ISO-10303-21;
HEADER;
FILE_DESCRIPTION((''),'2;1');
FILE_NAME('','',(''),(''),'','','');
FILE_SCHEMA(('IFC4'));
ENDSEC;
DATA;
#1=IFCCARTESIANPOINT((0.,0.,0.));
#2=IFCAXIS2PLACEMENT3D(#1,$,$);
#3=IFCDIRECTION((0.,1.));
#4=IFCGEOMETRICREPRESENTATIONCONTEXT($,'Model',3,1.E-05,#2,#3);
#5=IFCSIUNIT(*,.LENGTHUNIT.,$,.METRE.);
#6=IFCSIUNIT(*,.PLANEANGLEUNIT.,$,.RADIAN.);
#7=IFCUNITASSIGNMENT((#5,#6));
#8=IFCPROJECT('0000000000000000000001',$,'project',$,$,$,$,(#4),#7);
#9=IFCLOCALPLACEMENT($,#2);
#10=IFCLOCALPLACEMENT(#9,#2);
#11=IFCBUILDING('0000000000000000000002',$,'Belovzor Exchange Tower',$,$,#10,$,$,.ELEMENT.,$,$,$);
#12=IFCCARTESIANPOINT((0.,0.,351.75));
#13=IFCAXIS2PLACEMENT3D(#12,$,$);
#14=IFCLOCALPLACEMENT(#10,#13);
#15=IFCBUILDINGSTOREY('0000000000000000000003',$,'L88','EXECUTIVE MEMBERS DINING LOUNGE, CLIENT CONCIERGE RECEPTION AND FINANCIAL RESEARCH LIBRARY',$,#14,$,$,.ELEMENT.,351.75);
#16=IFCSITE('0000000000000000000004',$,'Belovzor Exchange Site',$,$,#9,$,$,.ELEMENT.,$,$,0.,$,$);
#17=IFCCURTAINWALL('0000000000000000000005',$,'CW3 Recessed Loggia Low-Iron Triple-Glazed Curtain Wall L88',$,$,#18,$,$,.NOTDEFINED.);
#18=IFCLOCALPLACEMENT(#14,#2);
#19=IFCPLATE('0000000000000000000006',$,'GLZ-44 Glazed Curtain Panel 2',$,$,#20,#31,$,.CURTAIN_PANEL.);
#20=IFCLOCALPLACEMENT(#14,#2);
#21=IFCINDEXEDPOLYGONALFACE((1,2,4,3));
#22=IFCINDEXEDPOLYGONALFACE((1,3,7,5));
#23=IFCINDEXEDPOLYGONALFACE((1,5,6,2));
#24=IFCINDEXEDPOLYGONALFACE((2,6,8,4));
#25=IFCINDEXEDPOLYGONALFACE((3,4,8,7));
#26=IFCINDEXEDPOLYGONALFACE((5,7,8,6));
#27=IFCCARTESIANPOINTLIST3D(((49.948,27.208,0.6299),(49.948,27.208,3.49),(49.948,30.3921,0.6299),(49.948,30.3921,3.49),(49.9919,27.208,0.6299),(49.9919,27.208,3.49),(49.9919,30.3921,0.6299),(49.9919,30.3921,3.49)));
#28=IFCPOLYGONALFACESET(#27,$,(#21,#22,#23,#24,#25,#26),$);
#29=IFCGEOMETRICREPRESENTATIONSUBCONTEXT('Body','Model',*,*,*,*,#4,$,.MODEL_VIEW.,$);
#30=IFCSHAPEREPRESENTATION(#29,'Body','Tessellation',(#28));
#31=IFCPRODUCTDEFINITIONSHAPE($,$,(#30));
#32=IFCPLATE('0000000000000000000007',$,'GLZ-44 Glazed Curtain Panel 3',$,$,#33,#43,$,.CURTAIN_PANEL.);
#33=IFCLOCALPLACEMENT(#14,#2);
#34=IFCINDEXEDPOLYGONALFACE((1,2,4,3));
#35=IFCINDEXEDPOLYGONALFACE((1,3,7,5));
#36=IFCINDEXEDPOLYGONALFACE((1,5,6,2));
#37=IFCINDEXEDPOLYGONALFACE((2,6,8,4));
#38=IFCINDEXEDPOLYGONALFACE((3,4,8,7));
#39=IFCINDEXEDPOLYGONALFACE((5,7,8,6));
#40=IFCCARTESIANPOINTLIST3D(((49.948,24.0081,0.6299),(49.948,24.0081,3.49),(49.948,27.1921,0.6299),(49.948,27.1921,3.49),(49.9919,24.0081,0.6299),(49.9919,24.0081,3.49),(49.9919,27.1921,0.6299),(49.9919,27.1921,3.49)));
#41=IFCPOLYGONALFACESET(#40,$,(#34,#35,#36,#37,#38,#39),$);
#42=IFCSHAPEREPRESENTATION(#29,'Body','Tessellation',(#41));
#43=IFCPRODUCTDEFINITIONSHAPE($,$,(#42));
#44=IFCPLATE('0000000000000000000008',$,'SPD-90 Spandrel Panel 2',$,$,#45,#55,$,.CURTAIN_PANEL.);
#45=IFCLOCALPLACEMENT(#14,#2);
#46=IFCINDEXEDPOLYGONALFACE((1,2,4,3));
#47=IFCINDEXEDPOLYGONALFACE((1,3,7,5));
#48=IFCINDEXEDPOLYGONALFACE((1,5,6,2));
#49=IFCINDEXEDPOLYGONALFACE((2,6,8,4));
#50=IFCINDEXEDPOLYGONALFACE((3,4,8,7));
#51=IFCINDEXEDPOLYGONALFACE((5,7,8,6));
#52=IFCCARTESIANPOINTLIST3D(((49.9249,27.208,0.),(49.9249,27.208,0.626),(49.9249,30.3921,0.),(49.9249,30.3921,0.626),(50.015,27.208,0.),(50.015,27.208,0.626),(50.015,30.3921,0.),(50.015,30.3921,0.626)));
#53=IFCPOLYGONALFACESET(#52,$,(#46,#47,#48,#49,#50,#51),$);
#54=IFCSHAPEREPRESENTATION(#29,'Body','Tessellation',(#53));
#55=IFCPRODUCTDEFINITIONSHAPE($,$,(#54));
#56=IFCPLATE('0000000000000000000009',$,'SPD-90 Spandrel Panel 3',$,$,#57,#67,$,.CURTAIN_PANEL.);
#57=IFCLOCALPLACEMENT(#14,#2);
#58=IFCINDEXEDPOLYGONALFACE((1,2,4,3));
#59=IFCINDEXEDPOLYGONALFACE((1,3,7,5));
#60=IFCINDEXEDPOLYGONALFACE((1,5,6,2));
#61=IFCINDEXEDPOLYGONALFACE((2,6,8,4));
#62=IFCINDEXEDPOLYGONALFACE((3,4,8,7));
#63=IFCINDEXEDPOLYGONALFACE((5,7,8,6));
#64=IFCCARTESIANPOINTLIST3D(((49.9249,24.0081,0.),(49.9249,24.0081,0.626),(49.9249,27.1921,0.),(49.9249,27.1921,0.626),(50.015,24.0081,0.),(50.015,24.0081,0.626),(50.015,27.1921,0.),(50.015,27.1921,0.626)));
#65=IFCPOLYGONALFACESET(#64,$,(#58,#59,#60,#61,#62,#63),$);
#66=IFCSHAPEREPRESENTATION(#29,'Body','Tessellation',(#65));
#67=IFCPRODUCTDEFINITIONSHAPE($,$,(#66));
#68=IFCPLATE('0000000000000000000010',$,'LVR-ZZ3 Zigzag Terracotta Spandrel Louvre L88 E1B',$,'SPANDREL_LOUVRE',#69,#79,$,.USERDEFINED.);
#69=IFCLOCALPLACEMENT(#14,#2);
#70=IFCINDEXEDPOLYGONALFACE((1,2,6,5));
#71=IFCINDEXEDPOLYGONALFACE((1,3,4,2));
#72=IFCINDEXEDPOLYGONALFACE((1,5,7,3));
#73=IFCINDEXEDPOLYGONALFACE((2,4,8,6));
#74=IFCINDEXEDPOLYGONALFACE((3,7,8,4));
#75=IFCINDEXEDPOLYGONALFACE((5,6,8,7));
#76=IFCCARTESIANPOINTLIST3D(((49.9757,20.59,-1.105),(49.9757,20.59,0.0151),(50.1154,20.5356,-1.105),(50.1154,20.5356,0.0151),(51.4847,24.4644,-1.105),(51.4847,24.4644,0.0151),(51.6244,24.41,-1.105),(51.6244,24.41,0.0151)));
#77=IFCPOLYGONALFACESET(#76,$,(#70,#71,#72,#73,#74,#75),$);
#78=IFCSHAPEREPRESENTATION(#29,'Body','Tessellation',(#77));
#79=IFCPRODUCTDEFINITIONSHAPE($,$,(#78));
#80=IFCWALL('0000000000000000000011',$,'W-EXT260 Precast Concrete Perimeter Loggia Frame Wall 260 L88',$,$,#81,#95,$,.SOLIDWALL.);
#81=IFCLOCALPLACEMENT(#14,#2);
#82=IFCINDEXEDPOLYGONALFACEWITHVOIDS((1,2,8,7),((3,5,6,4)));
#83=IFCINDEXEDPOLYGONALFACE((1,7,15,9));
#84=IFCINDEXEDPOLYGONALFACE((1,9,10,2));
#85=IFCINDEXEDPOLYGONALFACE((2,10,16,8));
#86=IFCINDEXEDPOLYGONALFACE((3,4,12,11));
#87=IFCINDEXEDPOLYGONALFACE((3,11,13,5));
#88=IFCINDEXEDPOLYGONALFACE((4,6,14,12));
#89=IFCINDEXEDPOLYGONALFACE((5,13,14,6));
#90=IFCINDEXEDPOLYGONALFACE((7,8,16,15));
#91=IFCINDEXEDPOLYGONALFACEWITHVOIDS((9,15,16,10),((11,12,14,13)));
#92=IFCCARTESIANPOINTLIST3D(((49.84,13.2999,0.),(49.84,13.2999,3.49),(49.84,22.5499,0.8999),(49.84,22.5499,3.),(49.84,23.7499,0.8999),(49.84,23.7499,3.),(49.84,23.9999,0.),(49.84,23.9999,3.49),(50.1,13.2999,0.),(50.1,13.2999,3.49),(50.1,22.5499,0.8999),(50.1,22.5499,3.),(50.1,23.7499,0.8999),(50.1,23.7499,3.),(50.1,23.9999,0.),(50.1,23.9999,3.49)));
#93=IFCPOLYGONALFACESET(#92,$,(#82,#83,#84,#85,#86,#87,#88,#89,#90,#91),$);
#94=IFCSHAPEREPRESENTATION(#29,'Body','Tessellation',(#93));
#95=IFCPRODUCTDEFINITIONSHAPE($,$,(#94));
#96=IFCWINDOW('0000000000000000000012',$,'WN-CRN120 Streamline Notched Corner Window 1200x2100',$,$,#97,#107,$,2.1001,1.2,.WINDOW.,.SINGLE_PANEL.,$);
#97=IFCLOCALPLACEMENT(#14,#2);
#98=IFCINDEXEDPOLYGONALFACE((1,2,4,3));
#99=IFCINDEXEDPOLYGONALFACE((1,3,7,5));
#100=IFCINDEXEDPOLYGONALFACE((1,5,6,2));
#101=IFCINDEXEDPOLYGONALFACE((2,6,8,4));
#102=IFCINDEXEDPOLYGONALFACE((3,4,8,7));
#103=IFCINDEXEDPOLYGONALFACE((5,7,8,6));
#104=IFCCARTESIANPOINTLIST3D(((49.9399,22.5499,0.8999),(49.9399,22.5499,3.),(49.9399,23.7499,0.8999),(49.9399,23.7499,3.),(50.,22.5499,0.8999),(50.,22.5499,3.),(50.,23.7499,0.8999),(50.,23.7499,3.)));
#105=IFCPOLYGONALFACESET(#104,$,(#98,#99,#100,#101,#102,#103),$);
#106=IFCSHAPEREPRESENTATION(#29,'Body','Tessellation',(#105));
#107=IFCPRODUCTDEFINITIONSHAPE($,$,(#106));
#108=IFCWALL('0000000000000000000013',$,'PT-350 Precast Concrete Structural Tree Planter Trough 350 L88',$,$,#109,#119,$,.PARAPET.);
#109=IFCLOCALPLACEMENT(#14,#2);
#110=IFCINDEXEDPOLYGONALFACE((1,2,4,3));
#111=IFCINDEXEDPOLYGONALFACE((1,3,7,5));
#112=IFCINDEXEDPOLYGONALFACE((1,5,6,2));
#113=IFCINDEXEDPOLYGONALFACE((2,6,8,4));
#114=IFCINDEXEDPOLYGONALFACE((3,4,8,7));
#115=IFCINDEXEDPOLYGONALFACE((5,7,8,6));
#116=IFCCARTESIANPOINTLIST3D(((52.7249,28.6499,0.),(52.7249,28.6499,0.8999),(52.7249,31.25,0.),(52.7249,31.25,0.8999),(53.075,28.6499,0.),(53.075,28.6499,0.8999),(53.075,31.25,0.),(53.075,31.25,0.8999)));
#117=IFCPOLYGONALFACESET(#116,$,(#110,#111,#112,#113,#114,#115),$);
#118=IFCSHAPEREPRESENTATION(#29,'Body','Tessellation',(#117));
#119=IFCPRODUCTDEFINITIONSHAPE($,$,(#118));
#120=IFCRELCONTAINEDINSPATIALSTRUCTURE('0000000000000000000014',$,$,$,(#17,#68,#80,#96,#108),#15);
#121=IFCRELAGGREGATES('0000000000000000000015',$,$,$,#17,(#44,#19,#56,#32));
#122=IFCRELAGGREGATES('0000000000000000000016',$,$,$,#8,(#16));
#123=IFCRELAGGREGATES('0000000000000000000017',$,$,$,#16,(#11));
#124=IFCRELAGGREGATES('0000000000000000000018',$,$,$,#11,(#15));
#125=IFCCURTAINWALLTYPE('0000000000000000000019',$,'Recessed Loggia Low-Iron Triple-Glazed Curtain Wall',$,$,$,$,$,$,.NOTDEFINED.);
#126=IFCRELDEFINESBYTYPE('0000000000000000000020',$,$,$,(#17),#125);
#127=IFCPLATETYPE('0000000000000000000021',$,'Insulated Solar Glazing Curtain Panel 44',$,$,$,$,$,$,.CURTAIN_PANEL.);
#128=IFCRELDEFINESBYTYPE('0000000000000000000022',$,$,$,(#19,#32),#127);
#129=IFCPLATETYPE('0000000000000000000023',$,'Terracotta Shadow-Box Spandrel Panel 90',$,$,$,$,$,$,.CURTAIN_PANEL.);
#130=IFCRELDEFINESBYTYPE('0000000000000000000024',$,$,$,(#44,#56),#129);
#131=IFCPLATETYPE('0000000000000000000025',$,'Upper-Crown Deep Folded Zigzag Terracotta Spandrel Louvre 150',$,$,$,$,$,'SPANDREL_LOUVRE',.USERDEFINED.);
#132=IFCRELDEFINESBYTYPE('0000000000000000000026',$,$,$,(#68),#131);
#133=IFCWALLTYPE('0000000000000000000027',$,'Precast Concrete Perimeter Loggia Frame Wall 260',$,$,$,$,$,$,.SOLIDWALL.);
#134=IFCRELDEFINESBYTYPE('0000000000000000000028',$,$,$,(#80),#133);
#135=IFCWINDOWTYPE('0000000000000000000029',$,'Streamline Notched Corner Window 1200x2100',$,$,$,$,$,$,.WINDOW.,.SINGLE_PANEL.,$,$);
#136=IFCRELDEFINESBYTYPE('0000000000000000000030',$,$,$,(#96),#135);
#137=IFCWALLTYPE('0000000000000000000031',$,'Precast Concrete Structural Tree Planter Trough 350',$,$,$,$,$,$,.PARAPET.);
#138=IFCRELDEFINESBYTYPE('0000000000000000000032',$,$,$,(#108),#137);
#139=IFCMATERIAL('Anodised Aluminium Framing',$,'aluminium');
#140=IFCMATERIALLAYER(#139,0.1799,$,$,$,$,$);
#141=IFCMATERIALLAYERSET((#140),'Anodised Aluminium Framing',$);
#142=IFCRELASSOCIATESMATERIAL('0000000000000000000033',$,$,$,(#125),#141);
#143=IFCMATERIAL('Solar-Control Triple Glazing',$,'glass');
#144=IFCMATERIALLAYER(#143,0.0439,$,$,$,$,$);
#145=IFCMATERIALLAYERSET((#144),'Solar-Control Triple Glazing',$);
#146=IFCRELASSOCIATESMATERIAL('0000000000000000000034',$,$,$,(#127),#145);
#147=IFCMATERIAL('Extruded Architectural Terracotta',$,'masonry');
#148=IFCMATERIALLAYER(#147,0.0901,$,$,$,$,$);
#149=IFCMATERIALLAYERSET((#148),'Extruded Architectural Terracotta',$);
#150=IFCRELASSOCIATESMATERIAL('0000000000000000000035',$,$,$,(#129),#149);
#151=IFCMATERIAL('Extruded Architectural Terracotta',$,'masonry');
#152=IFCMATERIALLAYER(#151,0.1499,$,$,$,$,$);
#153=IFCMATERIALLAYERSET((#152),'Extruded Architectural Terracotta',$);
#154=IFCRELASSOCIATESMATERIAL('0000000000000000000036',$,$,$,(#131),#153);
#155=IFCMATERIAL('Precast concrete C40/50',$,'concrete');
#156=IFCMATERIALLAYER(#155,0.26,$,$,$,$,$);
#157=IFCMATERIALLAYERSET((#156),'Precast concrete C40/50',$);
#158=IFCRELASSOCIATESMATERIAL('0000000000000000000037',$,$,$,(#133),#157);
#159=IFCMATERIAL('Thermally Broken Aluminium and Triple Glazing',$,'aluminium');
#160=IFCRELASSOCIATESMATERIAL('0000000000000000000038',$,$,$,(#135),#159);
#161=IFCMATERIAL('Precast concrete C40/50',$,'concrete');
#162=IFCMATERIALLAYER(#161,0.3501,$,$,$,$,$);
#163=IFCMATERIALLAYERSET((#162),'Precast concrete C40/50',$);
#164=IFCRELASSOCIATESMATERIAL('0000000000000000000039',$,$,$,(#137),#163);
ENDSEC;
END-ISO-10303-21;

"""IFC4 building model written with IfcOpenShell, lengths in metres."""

from ifc_helpers import new_model, si_unit, direction, frame, frame_2d, origin, origin_2d, place, context, subcontext, project, spatial, rectangle, extrude, material, layer, layer_set, type_object, element, fill, aggregate, save


model = new_model("IFC4")

# Units and contexts
model_context = context("Model", 3, precision=1e-05, world=origin(), true_north=direction((0.0, 1.0)))
body_context = subcontext(model_context, "Body", "Model", "MODEL_VIEW")
ifc_project = project(units=[si_unit("LENGTHUNIT", "METRE"), si_unit("PLANEANGLEUNIT", "RADIAN")], contexts=[model_context])

# Site, building, storey
site_placement = place(None, origin())
site = spatial("IfcSite", under=ifc_project, at=site_placement, Name="Belovzor Exchange Site", CompositionType="ELEMENT", RefElevation=0.0)
building_placement = place(site_placement, origin())
building = spatial("IfcBuilding", under=site, at=building_placement, Name="Belovzor Exchange Tower", CompositionType="ELEMENT")
storey_placement = place(building_placement, frame((0.0, 0.0, 351.75)))
storey = spatial("IfcBuildingStorey", under=building, at=storey_placement, Name="L88", Description="EXECUTIVE MEMBERS DINING LOUNGE, CLIENT CONCIERGE RECEPTION AND FINANCIAL RESEARCH LIBRARY", CompositionType="ELEMENT", Elevation=351.75)

# Curtain wall
ifc_material_1 = material(Name="Anodised Aluminium Framing", Category="aluminium")
ifc_layer_1 = layer(ifc_material_1, 0.1799)
ifc_layer_set_1 = layer_set([ifc_layer_1], Name="Anodised Aluminium Framing")
curtain_wall_type = type_object("IfcCurtainWallType", Name="Recessed Loggia Low-Iron Triple-Glazed Curtain Wall", PredefinedType="NOTDEFINED", material=ifc_layer_set_1)
curtain_wall_placement = place(storey_placement, origin())
curtain_wall = element("IfcCurtainWall", 1, at=curtain_wall_placement, inside=storey, type_object=curtain_wall_type, Name="CW3 Recessed Loggia Low-Iron Triple-Glazed Curtain Wall L88", PredefinedType="NOTDEFINED")

# Plates
ifc_material_2 = material(Name="Solar-Control Triple Glazing", Category="glass")
ifc_layer_2 = layer(ifc_material_2, 0.0439)
ifc_layer_set_2 = layer_set([ifc_layer_2], Name="Solar-Control Triple Glazing")
plate_type_1 = type_object("IfcPlateType", Name="Insulated Solar Glazing Curtain Panel 44", PredefinedType="CURTAIN_PANEL", material=ifc_layer_set_2)
plate_1_placement = place(storey_placement, frame((49.97, 28.8, 0.6299), z_axis=(0.0, 0.0, 1.0), x_axis=(0.0, -1.0, 0.0)))
plate_1 = element("IfcPlate", 2, at=plate_1_placement, type_object=plate_type_1, Name="GLZ-44 Glazed Curtain Panel 2", PredefinedType="CURTAIN_PANEL", context=body_context, shape_type="SweptSolid", body=[
    extrude(rectangle(XDim=3.1841, YDim=0.0439, at=origin_2d()), origin(), (0.0, 0.0, 1.0), 2.8601),
])
plate_2_placement = place(storey_placement, frame((49.97, 25.6001, 0.6299), z_axis=(0.0, 0.0, 1.0), x_axis=(0.0, -1.0, 0.0)))
plate_2 = element("IfcPlate", 3, at=plate_2_placement, type_object=plate_type_1, Name="GLZ-44 Glazed Curtain Panel 3", PredefinedType="CURTAIN_PANEL", context=body_context, shape_type="SweptSolid", body=[
    extrude(rectangle(XDim=3.1841, YDim=0.0439, at=origin_2d()), origin(), (0.0, 0.0, 1.0), 2.8601),
])
ifc_material_3 = material(Name="Extruded Architectural Terracotta", Category="masonry")
ifc_layer_3 = layer(ifc_material_3, 0.0901)
ifc_layer_set_3 = layer_set([ifc_layer_3], Name="Extruded Architectural Terracotta")
plate_type_2 = type_object("IfcPlateType", Name="Terracotta Shadow-Box Spandrel Panel 90", PredefinedType="CURTAIN_PANEL", material=ifc_layer_set_3)
plate_3_placement = place(storey_placement, frame((49.97, 28.8, 0.0), z_axis=(0.0, 0.0, 1.0), x_axis=(0.0, -1.0, 0.0)))
plate_3 = element("IfcPlate", 4, at=plate_3_placement, type_object=plate_type_2, Name="SPD-90 Spandrel Panel 2", PredefinedType="CURTAIN_PANEL", context=body_context, shape_type="SweptSolid", body=[
    extrude(rectangle(XDim=3.1841, YDim=0.0901, at=origin_2d()), origin(), (0.0, 0.0, 1.0), 0.626),
])
plate_4_placement = place(storey_placement, frame((49.97, 25.6001, 0.0), z_axis=(0.0, 0.0, 1.0), x_axis=(0.0, -1.0, 0.0)))
plate_4 = element("IfcPlate", 5, at=plate_4_placement, type_object=plate_type_2, Name="SPD-90 Spandrel Panel 3", PredefinedType="CURTAIN_PANEL", context=body_context, shape_type="SweptSolid", body=[
    extrude(rectangle(XDim=3.1841, YDim=0.0901, at=origin_2d()), origin(), (0.0, 0.0, 1.0), 0.626),
])
aggregate(curtain_wall, [plate_3, plate_1, plate_4, plate_2])
ifc_material_4 = material(Name="Extruded Architectural Terracotta", Category="masonry")
ifc_layer_4 = layer(ifc_material_4, 0.1499)
ifc_layer_set_4 = layer_set([ifc_layer_4], Name="Extruded Architectural Terracotta")
plate_type_3 = type_object("IfcPlateType", Name="Upper-Crown Deep Folded Zigzag Terracotta Spandrel Louvre 150", ElementType="SPANDREL_LOUVRE", PredefinedType="USERDEFINED", material=ifc_layer_set_4)
plate_5_placement = place(storey_placement, frame((50.8, 22.5, -1.105), z_axis=(0.0, 0.0, 1.0), x_axis=(0.362926, 0.931818, 0.0)))
element("IfcPlate", 6, at=plate_5_placement, inside=storey, type_object=plate_type_3, Name="LVR-ZZ3 Zigzag Terracotta Spandrel Louvre L88 E1B", ObjectType="SPANDREL_LOUVRE", PredefinedType="USERDEFINED", context=body_context, shape_type="SweptSolid", body=[
    extrude(rectangle(XDim=4.158, YDim=0.1499, at=origin_2d()), origin(), (0.0, 0.0, 1.0), 1.1201),
])

# Wall, opening, window
ifc_material_5 = material(Name="Precast concrete C40/50", Category="concrete")
ifc_layer_5 = layer(ifc_material_5, 0.26)
ifc_layer_set_5 = layer_set([ifc_layer_5], Name="Precast concrete C40/50")
wall_type_1 = type_object("IfcWallType", Name="Precast Concrete Perimeter Loggia Frame Wall 260", PredefinedType="SOLIDWALL", material=ifc_layer_set_5)
wall_1_placement = place(storey_placement, frame((49.97, 24.0, 0.0), z_axis=(0.0, 0.0, 1.0), x_axis=(0.0, -1.0, 0.0)))
wall_1 = element("IfcWall", 7, at=wall_1_placement, inside=storey, type_object=wall_type_1, Name="W-EXT260 Precast Concrete Perimeter Loggia Frame Wall 260 L88", PredefinedType="SOLIDWALL", context=body_context, shape_type="SweptSolid", body=[
    extrude(rectangle(XDim=10.7, YDim=0.26, at=frame_2d((5.3501, 0.0))), origin(), (0.0, 0.0, 1.0), 3.49),
])
opening_placement = place(wall_1_placement, frame((0.25, 0.0, 0.8999)))
opening = element("IfcOpeningElement", 8, at=opening_placement, cuts=wall_1, PredefinedType="OPENING", context=body_context, shape_type="SweptSolid", body=[
    extrude(rectangle(XDim=1.2, YDim=2.1001, at=frame_2d((0.6001, 1.05))), frame((0.0, 0.1399, 0.0), z_axis=(0.0, -1.0, 0.0), x_axis=(1.0, 0.0, 0.0)), (0.0, 0.0, 1.0), 0.28),
])
ifc_material_6 = material(Name="Thermally Broken Aluminium and Triple Glazing", Category="aluminium")
window_type = type_object("IfcWindowType", Name="Streamline Notched Corner Window 1200x2100", PartitioningType="SINGLE_PANEL", PredefinedType="WINDOW", material=ifc_material_6)
window_placement = place(opening_placement, origin())
window = element("IfcWindow", 9, at=window_placement, inside=storey, type_object=window_type, Name="WN-CRN120 Streamline Notched Corner Window 1200x2100", OverallHeight=2.1001, OverallWidth=1.2, PartitioningType="SINGLE_PANEL", PredefinedType="WINDOW", context=body_context, shape_type="SweptSolid", body=[
    extrude(rectangle(XDim=1.2, YDim=2.1001, at=frame_2d((0.6001, 1.05))), frame((0.0, 0.03, 0.0), z_axis=(0.0, -1.0, 0.0), x_axis=(1.0, 0.0, 0.0)), (0.0, 0.0, 1.0), 0.0601),
])
fill(opening, window)

# Wall
ifc_material_7 = material(Name="Precast concrete C40/50", Category="concrete")
ifc_layer_6 = layer(ifc_material_7, 0.3501)
ifc_layer_set_6 = layer_set([ifc_layer_6], Name="Precast concrete C40/50")
wall_type_2 = type_object("IfcWallType", Name="Precast Concrete Structural Tree Planter Trough 350", PredefinedType="PARAPET", material=ifc_layer_set_6)
wall_2_placement = place(storey_placement, frame((52.8999, 28.6499, 0.0), z_axis=(0.0, 0.0, 1.0), x_axis=(0.0, 1.0, 0.0)))
element("IfcWall", 10, at=wall_2_placement, inside=storey, type_object=wall_type_2, Name="PT-350 Precast Concrete Structural Tree Planter Trough 350 L88", PredefinedType="PARAPET", context=body_context, shape_type="SweptSolid", body=[
    extrude(rectangle(XDim=2.6001, YDim=0.3501, at=frame_2d((1.3, 0.0))), origin(), (0.0, 0.0, 1.0), 0.8999),
])

save(model, "model.ifc")
